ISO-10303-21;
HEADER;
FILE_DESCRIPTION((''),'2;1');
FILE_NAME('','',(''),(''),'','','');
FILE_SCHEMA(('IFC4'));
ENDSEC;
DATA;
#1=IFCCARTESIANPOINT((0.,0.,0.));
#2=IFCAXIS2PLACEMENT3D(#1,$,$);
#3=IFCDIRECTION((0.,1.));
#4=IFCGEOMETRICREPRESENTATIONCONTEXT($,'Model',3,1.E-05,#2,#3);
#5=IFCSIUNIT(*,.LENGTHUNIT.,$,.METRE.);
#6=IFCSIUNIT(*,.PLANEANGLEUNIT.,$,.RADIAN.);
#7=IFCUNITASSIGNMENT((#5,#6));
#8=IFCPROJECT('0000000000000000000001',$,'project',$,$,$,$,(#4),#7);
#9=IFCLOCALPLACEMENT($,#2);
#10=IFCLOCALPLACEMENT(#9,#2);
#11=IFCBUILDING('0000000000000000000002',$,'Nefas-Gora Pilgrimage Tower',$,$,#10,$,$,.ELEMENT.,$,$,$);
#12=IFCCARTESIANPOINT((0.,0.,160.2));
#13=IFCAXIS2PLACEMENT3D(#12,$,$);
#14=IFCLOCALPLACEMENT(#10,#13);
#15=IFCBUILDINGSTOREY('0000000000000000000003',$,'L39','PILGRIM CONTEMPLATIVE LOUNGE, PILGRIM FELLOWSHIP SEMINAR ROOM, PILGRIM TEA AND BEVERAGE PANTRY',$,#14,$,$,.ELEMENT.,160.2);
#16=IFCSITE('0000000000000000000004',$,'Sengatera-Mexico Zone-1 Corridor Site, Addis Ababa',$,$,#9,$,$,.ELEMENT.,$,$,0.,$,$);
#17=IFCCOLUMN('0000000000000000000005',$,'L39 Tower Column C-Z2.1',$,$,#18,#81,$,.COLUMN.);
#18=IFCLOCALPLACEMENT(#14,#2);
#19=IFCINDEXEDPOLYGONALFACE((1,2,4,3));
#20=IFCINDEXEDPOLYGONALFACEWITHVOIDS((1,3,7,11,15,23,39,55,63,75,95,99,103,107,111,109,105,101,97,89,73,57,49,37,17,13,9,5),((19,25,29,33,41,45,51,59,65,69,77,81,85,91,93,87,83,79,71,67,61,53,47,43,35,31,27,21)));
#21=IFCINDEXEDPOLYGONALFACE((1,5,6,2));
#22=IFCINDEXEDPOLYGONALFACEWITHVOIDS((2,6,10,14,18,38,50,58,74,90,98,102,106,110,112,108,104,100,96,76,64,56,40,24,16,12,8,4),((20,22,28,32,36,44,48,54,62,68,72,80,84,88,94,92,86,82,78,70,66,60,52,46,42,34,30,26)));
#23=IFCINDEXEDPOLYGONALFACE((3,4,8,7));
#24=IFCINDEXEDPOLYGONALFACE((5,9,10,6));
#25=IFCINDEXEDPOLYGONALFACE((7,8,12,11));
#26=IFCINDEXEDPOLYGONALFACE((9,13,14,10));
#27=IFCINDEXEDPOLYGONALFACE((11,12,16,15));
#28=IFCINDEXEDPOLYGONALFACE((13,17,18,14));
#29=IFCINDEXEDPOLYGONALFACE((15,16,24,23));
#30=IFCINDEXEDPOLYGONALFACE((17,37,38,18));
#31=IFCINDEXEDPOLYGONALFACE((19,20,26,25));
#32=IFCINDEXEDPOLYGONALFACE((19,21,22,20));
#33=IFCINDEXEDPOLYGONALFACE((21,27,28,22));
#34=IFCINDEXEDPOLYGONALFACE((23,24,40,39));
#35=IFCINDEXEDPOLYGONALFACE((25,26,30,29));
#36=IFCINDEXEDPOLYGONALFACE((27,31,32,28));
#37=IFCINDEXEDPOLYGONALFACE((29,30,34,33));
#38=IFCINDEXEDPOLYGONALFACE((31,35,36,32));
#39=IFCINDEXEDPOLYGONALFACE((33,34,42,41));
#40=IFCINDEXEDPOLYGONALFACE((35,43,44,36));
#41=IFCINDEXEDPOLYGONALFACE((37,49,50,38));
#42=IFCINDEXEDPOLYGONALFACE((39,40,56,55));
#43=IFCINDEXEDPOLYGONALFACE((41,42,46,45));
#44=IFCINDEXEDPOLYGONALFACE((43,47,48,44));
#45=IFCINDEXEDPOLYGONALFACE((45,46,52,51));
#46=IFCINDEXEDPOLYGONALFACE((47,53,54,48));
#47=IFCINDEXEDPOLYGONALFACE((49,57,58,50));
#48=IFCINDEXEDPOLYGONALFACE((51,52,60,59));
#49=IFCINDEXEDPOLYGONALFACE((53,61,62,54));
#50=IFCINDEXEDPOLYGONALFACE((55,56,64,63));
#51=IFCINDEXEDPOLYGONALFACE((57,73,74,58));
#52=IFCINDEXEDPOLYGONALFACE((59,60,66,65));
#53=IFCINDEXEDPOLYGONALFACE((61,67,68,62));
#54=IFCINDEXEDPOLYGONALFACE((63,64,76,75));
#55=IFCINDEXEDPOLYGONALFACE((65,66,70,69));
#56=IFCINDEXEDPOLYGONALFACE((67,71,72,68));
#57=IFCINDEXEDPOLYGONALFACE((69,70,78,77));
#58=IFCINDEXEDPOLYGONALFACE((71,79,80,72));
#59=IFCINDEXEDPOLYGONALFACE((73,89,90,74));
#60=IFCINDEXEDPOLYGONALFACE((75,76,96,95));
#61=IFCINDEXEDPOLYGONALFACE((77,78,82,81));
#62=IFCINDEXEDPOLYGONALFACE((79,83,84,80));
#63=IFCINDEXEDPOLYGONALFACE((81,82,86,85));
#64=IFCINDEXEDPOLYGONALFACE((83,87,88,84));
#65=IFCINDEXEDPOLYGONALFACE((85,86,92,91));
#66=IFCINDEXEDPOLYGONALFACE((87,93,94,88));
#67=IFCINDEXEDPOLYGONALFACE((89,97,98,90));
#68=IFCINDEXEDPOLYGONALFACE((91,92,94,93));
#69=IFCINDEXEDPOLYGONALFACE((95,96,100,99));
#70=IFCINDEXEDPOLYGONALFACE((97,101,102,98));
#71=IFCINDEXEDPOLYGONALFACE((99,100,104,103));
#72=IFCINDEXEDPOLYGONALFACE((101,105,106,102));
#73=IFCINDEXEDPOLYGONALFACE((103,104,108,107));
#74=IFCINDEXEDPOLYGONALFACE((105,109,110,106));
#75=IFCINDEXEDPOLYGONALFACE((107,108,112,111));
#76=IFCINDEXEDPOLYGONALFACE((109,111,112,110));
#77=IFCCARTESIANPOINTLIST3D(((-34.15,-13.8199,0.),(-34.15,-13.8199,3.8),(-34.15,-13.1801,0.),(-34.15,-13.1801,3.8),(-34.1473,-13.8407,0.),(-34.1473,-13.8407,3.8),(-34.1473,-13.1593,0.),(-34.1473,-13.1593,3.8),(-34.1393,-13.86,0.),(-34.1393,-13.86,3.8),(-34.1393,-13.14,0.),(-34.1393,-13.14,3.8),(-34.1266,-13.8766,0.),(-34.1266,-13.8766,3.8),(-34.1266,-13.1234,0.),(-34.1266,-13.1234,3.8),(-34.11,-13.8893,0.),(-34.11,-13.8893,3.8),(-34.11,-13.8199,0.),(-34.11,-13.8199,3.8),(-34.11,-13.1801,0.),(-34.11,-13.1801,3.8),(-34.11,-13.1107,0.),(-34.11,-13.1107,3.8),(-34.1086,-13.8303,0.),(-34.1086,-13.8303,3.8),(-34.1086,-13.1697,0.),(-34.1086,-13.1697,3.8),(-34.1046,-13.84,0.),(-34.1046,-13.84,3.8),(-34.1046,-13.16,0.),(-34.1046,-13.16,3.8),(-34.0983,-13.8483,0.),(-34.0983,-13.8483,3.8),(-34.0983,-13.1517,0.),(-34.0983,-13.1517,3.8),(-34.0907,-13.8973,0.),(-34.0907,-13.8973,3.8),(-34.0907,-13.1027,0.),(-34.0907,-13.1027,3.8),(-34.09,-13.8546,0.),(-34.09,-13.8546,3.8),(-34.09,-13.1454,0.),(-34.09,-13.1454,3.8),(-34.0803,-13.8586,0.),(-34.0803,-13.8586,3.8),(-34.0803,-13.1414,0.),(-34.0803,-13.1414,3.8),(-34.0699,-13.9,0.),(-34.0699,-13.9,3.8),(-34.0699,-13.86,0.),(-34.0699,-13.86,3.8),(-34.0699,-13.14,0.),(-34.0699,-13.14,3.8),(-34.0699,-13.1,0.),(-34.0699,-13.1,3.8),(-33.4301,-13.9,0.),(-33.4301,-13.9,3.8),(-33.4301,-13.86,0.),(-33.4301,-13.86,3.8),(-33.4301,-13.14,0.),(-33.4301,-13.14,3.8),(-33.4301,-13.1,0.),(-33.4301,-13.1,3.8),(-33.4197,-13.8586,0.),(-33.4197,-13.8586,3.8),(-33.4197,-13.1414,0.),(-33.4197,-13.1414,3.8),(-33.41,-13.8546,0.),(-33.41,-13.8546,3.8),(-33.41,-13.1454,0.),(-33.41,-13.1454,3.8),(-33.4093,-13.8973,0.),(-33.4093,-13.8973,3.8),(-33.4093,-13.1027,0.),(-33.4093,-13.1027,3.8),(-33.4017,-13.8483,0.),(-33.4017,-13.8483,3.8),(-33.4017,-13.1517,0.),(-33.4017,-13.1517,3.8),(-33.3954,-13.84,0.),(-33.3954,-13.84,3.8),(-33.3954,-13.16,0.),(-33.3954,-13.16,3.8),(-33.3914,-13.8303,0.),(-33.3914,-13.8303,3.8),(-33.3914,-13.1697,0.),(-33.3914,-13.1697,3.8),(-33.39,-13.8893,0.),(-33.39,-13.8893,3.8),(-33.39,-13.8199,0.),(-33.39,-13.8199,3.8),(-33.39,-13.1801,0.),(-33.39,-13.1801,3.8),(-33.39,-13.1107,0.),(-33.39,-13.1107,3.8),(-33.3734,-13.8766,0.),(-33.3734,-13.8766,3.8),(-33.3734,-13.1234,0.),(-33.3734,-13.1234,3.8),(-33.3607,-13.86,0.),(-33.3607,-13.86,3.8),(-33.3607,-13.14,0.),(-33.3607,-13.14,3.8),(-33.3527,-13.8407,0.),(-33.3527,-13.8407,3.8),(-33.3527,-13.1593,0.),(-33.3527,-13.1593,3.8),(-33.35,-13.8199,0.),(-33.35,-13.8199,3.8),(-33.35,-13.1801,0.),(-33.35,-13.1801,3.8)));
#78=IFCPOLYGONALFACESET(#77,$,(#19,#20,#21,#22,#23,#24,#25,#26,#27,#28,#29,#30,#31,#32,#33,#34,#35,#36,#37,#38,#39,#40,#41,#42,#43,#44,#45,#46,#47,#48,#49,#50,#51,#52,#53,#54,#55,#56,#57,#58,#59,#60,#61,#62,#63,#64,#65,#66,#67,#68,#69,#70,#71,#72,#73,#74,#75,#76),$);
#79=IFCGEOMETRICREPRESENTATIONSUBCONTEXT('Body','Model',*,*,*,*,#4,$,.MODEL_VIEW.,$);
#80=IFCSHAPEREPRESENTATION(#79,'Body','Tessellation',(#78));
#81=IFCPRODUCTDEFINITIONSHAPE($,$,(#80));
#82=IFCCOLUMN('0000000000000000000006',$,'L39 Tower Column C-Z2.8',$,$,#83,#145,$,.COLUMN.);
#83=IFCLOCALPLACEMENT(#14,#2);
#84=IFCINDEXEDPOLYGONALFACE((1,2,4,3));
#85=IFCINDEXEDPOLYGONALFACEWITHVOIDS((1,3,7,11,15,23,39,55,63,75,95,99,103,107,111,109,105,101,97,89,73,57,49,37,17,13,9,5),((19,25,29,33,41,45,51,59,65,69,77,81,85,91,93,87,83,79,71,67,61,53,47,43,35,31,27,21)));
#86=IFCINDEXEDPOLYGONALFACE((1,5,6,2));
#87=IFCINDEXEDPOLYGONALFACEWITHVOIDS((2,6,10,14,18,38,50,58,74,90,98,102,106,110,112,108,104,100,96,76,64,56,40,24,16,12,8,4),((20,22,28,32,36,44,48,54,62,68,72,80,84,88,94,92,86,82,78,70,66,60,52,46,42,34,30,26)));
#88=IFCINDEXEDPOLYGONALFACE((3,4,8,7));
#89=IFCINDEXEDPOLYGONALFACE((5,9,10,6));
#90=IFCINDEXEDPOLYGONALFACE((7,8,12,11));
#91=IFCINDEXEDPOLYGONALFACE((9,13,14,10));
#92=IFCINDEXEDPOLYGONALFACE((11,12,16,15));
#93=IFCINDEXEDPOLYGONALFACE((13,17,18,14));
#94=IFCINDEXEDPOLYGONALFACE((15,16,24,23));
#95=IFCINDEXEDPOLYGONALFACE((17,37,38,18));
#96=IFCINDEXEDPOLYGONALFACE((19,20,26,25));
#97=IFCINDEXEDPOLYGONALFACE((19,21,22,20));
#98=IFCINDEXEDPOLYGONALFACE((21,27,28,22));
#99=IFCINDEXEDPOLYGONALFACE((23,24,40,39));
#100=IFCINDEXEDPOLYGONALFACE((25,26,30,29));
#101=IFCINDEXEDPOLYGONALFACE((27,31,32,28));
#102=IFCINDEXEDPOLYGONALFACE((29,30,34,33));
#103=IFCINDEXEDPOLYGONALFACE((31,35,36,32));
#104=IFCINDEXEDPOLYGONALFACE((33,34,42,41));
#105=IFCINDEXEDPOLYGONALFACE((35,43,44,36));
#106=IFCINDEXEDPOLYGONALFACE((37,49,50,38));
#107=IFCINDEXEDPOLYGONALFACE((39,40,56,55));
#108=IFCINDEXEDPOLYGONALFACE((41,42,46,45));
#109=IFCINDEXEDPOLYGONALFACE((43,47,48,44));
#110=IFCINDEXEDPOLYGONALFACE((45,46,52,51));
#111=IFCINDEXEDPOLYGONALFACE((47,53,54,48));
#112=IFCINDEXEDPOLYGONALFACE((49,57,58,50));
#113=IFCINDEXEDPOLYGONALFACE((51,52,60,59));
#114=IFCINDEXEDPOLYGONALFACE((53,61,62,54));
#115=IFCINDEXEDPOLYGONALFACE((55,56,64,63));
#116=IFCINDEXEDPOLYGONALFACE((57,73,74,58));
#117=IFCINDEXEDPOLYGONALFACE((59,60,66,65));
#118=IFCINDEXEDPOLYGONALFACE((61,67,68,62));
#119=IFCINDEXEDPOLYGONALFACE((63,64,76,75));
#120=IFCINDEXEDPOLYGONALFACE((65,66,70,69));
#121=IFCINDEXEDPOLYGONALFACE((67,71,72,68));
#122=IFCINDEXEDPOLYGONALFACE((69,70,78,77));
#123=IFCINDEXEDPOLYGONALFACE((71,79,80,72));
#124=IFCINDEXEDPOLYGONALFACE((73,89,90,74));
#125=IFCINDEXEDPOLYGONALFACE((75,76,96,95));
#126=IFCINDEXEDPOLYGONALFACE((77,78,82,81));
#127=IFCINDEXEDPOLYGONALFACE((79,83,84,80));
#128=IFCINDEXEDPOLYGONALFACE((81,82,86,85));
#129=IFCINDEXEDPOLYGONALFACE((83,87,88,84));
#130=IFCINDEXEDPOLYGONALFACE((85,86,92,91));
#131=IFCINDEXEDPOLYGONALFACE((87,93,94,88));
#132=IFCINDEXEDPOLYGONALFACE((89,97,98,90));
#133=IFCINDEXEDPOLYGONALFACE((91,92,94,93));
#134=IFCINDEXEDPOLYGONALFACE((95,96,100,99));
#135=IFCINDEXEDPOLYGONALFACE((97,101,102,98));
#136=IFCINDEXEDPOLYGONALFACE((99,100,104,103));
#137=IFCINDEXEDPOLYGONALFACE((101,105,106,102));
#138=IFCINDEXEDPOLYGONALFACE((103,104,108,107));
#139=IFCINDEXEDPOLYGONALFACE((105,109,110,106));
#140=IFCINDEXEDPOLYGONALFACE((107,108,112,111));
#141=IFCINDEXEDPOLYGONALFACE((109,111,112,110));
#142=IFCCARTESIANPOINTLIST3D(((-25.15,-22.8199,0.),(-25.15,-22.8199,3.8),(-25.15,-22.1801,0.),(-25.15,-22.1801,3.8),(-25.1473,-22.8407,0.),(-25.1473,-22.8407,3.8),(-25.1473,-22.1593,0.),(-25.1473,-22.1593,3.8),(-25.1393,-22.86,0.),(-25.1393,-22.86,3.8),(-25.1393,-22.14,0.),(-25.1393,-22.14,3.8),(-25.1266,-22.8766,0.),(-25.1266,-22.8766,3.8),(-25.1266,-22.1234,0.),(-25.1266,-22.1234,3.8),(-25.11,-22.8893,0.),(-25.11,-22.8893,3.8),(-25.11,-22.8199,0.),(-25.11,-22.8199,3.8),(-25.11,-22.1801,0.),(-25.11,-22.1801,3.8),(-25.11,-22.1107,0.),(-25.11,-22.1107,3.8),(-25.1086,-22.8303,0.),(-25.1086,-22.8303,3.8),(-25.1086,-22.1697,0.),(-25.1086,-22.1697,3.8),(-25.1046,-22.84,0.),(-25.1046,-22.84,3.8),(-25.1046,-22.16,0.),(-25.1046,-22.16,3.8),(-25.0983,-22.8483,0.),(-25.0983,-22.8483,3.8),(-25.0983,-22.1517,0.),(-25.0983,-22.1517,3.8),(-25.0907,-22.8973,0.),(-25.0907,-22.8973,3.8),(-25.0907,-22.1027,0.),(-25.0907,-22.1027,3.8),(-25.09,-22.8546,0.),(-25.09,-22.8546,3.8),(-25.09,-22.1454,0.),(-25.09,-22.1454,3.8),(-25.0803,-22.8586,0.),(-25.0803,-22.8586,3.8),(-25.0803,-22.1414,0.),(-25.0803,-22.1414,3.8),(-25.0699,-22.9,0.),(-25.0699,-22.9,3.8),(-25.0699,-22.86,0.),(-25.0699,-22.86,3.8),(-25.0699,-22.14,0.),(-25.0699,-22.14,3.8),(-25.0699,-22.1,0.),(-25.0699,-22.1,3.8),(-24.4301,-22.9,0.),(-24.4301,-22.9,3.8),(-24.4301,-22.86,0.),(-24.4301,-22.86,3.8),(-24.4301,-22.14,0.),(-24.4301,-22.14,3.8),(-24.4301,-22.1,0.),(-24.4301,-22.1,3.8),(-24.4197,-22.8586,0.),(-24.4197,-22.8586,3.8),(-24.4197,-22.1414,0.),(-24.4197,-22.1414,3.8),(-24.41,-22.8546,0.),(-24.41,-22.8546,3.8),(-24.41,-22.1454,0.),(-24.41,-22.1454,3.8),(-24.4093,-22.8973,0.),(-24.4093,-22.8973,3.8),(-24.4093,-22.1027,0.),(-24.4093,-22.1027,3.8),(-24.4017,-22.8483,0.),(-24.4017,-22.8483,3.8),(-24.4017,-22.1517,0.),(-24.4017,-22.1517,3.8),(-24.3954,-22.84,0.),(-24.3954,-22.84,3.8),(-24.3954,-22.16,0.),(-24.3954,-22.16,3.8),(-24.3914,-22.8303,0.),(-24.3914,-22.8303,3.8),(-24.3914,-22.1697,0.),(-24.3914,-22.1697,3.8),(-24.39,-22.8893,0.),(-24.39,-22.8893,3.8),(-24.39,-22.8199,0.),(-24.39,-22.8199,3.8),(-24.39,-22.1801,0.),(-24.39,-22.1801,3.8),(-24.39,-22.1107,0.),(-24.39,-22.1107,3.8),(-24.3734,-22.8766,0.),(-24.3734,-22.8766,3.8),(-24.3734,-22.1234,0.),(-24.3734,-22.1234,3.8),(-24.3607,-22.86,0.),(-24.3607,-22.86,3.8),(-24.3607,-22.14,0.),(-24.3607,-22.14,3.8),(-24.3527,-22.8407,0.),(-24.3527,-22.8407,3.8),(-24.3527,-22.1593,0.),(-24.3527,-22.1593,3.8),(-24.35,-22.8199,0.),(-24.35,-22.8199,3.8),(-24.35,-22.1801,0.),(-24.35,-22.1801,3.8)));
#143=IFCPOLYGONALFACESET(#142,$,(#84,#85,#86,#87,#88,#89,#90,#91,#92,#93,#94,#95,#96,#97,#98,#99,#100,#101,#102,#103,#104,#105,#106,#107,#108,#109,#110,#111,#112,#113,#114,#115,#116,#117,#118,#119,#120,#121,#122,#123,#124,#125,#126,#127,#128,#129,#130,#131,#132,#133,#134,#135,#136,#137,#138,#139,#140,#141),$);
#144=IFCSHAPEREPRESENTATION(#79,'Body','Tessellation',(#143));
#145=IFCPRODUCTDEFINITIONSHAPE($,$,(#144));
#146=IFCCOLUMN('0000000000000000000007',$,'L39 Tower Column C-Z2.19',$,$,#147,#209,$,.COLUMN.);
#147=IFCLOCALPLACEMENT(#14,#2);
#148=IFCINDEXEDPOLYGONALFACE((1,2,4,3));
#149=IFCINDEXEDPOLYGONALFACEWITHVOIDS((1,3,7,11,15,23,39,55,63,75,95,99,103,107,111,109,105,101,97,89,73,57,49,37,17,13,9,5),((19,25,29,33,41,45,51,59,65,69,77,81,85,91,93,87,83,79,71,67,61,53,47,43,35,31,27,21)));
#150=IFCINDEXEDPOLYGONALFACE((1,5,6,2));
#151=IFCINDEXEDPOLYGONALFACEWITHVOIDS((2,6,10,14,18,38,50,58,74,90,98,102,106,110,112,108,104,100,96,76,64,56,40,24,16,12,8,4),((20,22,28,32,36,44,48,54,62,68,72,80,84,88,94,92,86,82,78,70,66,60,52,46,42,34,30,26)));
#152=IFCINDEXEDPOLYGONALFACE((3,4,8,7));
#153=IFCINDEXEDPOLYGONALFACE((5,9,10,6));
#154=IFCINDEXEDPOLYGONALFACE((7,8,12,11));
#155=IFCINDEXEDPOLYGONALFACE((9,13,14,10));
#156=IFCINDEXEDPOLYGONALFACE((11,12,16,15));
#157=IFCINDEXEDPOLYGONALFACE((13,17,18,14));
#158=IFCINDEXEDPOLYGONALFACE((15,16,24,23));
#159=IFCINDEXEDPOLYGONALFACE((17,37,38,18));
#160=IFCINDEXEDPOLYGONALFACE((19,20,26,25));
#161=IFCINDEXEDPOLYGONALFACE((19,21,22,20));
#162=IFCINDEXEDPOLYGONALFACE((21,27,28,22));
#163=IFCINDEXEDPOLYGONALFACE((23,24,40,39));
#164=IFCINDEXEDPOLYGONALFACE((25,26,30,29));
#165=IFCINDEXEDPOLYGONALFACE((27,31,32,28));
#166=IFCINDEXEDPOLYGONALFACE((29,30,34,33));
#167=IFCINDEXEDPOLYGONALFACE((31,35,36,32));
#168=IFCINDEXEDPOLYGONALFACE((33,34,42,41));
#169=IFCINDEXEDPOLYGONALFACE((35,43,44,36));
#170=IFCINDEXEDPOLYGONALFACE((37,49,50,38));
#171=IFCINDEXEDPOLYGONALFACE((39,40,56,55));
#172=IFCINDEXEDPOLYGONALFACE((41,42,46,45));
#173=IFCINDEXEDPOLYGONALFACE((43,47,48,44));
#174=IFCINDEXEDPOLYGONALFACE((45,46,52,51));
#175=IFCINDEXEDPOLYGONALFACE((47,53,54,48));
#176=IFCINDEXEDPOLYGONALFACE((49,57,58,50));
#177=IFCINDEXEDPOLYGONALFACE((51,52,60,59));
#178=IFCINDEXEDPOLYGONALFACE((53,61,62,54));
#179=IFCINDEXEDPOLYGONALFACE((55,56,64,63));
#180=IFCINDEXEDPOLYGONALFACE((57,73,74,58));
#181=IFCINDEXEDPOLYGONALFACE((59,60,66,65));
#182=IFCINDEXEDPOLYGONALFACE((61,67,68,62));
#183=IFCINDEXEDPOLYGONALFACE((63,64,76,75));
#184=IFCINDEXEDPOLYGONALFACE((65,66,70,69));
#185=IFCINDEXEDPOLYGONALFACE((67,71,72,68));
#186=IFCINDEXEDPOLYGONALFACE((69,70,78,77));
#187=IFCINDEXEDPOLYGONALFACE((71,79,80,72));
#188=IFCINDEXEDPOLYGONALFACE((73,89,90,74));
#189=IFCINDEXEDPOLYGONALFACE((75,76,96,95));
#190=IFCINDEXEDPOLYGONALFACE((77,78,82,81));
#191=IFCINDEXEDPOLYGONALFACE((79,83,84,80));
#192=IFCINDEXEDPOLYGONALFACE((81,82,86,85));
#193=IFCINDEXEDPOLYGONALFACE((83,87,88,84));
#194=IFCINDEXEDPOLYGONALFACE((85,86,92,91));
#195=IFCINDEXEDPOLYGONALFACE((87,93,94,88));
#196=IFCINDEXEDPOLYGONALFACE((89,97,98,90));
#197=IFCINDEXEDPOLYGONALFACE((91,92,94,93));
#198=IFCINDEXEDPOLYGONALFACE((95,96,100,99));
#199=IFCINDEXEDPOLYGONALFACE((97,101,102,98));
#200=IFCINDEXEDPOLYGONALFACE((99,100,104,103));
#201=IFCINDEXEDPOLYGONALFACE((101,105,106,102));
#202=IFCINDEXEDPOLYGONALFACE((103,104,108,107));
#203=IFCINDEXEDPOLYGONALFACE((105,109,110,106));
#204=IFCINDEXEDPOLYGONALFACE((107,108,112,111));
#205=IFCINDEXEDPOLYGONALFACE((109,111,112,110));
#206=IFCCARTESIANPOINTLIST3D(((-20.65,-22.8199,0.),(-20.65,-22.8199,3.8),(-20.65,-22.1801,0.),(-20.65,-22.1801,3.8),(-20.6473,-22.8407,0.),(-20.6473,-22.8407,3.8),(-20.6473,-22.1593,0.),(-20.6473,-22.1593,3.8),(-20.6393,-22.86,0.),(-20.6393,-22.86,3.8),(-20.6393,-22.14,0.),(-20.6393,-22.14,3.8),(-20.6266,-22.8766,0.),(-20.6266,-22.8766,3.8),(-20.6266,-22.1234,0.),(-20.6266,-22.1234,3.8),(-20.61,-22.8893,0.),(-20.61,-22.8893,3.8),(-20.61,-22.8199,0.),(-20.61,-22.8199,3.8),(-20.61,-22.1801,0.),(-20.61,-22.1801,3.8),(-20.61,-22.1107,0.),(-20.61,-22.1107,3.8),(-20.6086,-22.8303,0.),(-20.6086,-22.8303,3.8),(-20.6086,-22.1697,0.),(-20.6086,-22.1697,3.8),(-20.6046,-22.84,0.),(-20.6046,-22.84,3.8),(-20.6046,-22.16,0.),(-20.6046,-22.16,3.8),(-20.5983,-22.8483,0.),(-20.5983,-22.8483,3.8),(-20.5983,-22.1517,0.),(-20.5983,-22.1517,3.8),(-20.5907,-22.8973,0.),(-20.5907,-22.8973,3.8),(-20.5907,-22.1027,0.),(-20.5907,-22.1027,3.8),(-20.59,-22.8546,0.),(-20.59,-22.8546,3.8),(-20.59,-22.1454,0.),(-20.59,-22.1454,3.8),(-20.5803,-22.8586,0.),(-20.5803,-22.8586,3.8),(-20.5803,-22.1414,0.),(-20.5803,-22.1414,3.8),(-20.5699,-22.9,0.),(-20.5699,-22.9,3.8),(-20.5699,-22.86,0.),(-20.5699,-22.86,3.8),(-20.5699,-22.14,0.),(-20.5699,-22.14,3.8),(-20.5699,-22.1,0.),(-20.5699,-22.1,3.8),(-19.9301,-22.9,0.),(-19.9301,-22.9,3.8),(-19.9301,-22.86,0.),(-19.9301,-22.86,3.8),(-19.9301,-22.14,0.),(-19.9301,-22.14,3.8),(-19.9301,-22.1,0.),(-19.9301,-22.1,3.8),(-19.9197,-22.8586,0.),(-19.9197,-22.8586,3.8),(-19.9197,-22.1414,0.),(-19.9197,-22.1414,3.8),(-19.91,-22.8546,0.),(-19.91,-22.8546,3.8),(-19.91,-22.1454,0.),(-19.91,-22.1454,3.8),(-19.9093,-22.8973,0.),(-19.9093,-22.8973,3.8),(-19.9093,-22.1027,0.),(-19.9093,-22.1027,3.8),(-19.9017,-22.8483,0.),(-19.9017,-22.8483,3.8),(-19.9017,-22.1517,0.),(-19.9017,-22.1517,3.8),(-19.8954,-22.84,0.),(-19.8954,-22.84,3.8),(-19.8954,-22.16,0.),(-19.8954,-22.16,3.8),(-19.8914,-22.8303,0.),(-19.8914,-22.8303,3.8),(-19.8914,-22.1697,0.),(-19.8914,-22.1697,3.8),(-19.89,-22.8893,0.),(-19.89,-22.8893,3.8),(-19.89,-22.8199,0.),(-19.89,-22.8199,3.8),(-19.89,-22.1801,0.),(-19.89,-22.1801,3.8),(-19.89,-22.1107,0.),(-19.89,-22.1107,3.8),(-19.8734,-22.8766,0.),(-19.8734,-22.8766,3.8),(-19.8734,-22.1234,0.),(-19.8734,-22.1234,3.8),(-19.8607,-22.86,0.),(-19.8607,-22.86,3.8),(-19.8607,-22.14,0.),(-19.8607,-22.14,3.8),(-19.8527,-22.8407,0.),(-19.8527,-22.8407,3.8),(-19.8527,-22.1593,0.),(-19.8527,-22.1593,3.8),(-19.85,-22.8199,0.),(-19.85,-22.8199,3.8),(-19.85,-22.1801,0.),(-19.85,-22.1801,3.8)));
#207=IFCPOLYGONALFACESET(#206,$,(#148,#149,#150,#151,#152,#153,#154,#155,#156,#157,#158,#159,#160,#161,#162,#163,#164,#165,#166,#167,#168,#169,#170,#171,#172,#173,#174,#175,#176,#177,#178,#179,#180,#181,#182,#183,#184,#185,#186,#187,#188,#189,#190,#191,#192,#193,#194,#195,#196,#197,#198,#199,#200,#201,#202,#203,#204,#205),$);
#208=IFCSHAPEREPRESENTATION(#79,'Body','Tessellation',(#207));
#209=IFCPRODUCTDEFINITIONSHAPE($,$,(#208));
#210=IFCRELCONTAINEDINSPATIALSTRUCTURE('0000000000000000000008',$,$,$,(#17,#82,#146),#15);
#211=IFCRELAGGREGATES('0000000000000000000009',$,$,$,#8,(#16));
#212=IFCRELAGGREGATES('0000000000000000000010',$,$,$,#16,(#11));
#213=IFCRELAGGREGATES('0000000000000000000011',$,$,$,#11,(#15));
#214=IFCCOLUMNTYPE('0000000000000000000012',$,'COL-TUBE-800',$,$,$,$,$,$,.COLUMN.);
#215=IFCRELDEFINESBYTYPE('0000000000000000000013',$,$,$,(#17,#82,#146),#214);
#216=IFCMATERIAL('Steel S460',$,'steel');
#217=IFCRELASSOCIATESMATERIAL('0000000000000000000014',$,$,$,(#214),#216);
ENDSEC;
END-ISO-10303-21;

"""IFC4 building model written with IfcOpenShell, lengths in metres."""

from ifc_helpers import new_model, si_unit, direction, frame, origin, origin_2d, place, context, subcontext, project, spatial, hollow_rectangle, extrude, source, transform, mapped, material, material_profile, profile_set, type_object, element, save


model = new_model("IFC4")

# Units and contexts
model_context = context("Model", 3, precision=1e-05, world=origin(), true_north=direction((0.0, 1.0)))
body_context = subcontext(model_context, "Body", "Model", "MODEL_VIEW")
ifc_project = project(units=[si_unit("LENGTHUNIT", "METRE"), si_unit("PLANEANGLEUNIT", "RADIAN")], contexts=[model_context])

# Site, building, storey
site_placement = place(None, origin())
site = spatial("IfcSite", under=ifc_project, at=site_placement, Name="Sengatera-Mexico Zone-1 Corridor Site, Addis Ababa", CompositionType="ELEMENT", RefElevation=0.0)
building_placement = place(site_placement, origin())
building = spatial("IfcBuilding", under=site, at=building_placement, Name="Nefas-Gora Pilgrimage Tower", CompositionType="ELEMENT")
storey_placement = place(building_placement, frame((0.0, 0.0, 160.2)))
storey = spatial("IfcBuildingStorey", under=building, at=storey_placement, Name="L39", Description="PILGRIM CONTEMPLATIVE LOUNGE, PILGRIM FELLOWSHIP SEMINAR ROOM, PILGRIM TEA AND BEVERAGE PANTRY", CompositionType="ELEMENT", Elevation=160.2)

# Columns
ifc_material_1 = material(Name="Steel S460", Category="steel")
ifc_material_profile_1 = material_profile(ifc_material_1, hollow_rectangle(XDim=0.8, YDim=0.8, WallThickness=0.04, InnerFilletRadius=0.04, OuterFilletRadius=0.0801, at=origin_2d()), Name="BOX 800x800x40")
ifc_profile_set_1 = profile_set([ifc_material_profile_1], Name="Steel S460")
column_type_1 = type_object("IfcColumnType", Name="COL-TUBE-800", PredefinedType="COLUMN", material=ifc_profile_set_1)
shared_shape_1 = source(origin(), body_context, "Body", "SweptSolid", [
    extrude(hollow_rectangle(XDim=0.8, YDim=0.8, WallThickness=0.04, InnerFilletRadius=0.04, OuterFilletRadius=0.0801, at=origin_2d()), origin(), (0.0, 0.0, 1.0), 3.8),
])
for number, where, z_axis, x_axis, name in (
    (1, (-33.75, -13.5, 0.0), (0.0, 0.0, 1.0), (1.0, 0.0, 0.0), "L39 Tower Column C-Z2.1"),
    (2, (-24.75, -22.5, 0.0), (0.0, 0.0, 1.0), (1.0, 0.0, 0.0), "L39 Tower Column C-Z2.8"),
    (3, (-20.25, -22.5, 0.0), (0.0, 0.0, 1.0), (1.0, 0.0, 0.0), "L39 Tower Column C-Z2.19"),
):
    element("IfcColumn", number, at=place(storey_placement, frame(where, z_axis=z_axis, x_axis=x_axis)), inside=storey, type_object=column_type_1, Name=name, PredefinedType="COLUMN", context=body_context, shape_type="MappedRepresentation", body=[
        mapped(shared_shape_1, transform((0.0, 0.0, 0.0), x_axis=(1.0, 0.0, 0.0), y_axis=(0.0, 1.0, 0.0), z_axis=(0.0, 0.0, 1.0), scale=1.0)),
    ])

save(model, "model.ifc")
